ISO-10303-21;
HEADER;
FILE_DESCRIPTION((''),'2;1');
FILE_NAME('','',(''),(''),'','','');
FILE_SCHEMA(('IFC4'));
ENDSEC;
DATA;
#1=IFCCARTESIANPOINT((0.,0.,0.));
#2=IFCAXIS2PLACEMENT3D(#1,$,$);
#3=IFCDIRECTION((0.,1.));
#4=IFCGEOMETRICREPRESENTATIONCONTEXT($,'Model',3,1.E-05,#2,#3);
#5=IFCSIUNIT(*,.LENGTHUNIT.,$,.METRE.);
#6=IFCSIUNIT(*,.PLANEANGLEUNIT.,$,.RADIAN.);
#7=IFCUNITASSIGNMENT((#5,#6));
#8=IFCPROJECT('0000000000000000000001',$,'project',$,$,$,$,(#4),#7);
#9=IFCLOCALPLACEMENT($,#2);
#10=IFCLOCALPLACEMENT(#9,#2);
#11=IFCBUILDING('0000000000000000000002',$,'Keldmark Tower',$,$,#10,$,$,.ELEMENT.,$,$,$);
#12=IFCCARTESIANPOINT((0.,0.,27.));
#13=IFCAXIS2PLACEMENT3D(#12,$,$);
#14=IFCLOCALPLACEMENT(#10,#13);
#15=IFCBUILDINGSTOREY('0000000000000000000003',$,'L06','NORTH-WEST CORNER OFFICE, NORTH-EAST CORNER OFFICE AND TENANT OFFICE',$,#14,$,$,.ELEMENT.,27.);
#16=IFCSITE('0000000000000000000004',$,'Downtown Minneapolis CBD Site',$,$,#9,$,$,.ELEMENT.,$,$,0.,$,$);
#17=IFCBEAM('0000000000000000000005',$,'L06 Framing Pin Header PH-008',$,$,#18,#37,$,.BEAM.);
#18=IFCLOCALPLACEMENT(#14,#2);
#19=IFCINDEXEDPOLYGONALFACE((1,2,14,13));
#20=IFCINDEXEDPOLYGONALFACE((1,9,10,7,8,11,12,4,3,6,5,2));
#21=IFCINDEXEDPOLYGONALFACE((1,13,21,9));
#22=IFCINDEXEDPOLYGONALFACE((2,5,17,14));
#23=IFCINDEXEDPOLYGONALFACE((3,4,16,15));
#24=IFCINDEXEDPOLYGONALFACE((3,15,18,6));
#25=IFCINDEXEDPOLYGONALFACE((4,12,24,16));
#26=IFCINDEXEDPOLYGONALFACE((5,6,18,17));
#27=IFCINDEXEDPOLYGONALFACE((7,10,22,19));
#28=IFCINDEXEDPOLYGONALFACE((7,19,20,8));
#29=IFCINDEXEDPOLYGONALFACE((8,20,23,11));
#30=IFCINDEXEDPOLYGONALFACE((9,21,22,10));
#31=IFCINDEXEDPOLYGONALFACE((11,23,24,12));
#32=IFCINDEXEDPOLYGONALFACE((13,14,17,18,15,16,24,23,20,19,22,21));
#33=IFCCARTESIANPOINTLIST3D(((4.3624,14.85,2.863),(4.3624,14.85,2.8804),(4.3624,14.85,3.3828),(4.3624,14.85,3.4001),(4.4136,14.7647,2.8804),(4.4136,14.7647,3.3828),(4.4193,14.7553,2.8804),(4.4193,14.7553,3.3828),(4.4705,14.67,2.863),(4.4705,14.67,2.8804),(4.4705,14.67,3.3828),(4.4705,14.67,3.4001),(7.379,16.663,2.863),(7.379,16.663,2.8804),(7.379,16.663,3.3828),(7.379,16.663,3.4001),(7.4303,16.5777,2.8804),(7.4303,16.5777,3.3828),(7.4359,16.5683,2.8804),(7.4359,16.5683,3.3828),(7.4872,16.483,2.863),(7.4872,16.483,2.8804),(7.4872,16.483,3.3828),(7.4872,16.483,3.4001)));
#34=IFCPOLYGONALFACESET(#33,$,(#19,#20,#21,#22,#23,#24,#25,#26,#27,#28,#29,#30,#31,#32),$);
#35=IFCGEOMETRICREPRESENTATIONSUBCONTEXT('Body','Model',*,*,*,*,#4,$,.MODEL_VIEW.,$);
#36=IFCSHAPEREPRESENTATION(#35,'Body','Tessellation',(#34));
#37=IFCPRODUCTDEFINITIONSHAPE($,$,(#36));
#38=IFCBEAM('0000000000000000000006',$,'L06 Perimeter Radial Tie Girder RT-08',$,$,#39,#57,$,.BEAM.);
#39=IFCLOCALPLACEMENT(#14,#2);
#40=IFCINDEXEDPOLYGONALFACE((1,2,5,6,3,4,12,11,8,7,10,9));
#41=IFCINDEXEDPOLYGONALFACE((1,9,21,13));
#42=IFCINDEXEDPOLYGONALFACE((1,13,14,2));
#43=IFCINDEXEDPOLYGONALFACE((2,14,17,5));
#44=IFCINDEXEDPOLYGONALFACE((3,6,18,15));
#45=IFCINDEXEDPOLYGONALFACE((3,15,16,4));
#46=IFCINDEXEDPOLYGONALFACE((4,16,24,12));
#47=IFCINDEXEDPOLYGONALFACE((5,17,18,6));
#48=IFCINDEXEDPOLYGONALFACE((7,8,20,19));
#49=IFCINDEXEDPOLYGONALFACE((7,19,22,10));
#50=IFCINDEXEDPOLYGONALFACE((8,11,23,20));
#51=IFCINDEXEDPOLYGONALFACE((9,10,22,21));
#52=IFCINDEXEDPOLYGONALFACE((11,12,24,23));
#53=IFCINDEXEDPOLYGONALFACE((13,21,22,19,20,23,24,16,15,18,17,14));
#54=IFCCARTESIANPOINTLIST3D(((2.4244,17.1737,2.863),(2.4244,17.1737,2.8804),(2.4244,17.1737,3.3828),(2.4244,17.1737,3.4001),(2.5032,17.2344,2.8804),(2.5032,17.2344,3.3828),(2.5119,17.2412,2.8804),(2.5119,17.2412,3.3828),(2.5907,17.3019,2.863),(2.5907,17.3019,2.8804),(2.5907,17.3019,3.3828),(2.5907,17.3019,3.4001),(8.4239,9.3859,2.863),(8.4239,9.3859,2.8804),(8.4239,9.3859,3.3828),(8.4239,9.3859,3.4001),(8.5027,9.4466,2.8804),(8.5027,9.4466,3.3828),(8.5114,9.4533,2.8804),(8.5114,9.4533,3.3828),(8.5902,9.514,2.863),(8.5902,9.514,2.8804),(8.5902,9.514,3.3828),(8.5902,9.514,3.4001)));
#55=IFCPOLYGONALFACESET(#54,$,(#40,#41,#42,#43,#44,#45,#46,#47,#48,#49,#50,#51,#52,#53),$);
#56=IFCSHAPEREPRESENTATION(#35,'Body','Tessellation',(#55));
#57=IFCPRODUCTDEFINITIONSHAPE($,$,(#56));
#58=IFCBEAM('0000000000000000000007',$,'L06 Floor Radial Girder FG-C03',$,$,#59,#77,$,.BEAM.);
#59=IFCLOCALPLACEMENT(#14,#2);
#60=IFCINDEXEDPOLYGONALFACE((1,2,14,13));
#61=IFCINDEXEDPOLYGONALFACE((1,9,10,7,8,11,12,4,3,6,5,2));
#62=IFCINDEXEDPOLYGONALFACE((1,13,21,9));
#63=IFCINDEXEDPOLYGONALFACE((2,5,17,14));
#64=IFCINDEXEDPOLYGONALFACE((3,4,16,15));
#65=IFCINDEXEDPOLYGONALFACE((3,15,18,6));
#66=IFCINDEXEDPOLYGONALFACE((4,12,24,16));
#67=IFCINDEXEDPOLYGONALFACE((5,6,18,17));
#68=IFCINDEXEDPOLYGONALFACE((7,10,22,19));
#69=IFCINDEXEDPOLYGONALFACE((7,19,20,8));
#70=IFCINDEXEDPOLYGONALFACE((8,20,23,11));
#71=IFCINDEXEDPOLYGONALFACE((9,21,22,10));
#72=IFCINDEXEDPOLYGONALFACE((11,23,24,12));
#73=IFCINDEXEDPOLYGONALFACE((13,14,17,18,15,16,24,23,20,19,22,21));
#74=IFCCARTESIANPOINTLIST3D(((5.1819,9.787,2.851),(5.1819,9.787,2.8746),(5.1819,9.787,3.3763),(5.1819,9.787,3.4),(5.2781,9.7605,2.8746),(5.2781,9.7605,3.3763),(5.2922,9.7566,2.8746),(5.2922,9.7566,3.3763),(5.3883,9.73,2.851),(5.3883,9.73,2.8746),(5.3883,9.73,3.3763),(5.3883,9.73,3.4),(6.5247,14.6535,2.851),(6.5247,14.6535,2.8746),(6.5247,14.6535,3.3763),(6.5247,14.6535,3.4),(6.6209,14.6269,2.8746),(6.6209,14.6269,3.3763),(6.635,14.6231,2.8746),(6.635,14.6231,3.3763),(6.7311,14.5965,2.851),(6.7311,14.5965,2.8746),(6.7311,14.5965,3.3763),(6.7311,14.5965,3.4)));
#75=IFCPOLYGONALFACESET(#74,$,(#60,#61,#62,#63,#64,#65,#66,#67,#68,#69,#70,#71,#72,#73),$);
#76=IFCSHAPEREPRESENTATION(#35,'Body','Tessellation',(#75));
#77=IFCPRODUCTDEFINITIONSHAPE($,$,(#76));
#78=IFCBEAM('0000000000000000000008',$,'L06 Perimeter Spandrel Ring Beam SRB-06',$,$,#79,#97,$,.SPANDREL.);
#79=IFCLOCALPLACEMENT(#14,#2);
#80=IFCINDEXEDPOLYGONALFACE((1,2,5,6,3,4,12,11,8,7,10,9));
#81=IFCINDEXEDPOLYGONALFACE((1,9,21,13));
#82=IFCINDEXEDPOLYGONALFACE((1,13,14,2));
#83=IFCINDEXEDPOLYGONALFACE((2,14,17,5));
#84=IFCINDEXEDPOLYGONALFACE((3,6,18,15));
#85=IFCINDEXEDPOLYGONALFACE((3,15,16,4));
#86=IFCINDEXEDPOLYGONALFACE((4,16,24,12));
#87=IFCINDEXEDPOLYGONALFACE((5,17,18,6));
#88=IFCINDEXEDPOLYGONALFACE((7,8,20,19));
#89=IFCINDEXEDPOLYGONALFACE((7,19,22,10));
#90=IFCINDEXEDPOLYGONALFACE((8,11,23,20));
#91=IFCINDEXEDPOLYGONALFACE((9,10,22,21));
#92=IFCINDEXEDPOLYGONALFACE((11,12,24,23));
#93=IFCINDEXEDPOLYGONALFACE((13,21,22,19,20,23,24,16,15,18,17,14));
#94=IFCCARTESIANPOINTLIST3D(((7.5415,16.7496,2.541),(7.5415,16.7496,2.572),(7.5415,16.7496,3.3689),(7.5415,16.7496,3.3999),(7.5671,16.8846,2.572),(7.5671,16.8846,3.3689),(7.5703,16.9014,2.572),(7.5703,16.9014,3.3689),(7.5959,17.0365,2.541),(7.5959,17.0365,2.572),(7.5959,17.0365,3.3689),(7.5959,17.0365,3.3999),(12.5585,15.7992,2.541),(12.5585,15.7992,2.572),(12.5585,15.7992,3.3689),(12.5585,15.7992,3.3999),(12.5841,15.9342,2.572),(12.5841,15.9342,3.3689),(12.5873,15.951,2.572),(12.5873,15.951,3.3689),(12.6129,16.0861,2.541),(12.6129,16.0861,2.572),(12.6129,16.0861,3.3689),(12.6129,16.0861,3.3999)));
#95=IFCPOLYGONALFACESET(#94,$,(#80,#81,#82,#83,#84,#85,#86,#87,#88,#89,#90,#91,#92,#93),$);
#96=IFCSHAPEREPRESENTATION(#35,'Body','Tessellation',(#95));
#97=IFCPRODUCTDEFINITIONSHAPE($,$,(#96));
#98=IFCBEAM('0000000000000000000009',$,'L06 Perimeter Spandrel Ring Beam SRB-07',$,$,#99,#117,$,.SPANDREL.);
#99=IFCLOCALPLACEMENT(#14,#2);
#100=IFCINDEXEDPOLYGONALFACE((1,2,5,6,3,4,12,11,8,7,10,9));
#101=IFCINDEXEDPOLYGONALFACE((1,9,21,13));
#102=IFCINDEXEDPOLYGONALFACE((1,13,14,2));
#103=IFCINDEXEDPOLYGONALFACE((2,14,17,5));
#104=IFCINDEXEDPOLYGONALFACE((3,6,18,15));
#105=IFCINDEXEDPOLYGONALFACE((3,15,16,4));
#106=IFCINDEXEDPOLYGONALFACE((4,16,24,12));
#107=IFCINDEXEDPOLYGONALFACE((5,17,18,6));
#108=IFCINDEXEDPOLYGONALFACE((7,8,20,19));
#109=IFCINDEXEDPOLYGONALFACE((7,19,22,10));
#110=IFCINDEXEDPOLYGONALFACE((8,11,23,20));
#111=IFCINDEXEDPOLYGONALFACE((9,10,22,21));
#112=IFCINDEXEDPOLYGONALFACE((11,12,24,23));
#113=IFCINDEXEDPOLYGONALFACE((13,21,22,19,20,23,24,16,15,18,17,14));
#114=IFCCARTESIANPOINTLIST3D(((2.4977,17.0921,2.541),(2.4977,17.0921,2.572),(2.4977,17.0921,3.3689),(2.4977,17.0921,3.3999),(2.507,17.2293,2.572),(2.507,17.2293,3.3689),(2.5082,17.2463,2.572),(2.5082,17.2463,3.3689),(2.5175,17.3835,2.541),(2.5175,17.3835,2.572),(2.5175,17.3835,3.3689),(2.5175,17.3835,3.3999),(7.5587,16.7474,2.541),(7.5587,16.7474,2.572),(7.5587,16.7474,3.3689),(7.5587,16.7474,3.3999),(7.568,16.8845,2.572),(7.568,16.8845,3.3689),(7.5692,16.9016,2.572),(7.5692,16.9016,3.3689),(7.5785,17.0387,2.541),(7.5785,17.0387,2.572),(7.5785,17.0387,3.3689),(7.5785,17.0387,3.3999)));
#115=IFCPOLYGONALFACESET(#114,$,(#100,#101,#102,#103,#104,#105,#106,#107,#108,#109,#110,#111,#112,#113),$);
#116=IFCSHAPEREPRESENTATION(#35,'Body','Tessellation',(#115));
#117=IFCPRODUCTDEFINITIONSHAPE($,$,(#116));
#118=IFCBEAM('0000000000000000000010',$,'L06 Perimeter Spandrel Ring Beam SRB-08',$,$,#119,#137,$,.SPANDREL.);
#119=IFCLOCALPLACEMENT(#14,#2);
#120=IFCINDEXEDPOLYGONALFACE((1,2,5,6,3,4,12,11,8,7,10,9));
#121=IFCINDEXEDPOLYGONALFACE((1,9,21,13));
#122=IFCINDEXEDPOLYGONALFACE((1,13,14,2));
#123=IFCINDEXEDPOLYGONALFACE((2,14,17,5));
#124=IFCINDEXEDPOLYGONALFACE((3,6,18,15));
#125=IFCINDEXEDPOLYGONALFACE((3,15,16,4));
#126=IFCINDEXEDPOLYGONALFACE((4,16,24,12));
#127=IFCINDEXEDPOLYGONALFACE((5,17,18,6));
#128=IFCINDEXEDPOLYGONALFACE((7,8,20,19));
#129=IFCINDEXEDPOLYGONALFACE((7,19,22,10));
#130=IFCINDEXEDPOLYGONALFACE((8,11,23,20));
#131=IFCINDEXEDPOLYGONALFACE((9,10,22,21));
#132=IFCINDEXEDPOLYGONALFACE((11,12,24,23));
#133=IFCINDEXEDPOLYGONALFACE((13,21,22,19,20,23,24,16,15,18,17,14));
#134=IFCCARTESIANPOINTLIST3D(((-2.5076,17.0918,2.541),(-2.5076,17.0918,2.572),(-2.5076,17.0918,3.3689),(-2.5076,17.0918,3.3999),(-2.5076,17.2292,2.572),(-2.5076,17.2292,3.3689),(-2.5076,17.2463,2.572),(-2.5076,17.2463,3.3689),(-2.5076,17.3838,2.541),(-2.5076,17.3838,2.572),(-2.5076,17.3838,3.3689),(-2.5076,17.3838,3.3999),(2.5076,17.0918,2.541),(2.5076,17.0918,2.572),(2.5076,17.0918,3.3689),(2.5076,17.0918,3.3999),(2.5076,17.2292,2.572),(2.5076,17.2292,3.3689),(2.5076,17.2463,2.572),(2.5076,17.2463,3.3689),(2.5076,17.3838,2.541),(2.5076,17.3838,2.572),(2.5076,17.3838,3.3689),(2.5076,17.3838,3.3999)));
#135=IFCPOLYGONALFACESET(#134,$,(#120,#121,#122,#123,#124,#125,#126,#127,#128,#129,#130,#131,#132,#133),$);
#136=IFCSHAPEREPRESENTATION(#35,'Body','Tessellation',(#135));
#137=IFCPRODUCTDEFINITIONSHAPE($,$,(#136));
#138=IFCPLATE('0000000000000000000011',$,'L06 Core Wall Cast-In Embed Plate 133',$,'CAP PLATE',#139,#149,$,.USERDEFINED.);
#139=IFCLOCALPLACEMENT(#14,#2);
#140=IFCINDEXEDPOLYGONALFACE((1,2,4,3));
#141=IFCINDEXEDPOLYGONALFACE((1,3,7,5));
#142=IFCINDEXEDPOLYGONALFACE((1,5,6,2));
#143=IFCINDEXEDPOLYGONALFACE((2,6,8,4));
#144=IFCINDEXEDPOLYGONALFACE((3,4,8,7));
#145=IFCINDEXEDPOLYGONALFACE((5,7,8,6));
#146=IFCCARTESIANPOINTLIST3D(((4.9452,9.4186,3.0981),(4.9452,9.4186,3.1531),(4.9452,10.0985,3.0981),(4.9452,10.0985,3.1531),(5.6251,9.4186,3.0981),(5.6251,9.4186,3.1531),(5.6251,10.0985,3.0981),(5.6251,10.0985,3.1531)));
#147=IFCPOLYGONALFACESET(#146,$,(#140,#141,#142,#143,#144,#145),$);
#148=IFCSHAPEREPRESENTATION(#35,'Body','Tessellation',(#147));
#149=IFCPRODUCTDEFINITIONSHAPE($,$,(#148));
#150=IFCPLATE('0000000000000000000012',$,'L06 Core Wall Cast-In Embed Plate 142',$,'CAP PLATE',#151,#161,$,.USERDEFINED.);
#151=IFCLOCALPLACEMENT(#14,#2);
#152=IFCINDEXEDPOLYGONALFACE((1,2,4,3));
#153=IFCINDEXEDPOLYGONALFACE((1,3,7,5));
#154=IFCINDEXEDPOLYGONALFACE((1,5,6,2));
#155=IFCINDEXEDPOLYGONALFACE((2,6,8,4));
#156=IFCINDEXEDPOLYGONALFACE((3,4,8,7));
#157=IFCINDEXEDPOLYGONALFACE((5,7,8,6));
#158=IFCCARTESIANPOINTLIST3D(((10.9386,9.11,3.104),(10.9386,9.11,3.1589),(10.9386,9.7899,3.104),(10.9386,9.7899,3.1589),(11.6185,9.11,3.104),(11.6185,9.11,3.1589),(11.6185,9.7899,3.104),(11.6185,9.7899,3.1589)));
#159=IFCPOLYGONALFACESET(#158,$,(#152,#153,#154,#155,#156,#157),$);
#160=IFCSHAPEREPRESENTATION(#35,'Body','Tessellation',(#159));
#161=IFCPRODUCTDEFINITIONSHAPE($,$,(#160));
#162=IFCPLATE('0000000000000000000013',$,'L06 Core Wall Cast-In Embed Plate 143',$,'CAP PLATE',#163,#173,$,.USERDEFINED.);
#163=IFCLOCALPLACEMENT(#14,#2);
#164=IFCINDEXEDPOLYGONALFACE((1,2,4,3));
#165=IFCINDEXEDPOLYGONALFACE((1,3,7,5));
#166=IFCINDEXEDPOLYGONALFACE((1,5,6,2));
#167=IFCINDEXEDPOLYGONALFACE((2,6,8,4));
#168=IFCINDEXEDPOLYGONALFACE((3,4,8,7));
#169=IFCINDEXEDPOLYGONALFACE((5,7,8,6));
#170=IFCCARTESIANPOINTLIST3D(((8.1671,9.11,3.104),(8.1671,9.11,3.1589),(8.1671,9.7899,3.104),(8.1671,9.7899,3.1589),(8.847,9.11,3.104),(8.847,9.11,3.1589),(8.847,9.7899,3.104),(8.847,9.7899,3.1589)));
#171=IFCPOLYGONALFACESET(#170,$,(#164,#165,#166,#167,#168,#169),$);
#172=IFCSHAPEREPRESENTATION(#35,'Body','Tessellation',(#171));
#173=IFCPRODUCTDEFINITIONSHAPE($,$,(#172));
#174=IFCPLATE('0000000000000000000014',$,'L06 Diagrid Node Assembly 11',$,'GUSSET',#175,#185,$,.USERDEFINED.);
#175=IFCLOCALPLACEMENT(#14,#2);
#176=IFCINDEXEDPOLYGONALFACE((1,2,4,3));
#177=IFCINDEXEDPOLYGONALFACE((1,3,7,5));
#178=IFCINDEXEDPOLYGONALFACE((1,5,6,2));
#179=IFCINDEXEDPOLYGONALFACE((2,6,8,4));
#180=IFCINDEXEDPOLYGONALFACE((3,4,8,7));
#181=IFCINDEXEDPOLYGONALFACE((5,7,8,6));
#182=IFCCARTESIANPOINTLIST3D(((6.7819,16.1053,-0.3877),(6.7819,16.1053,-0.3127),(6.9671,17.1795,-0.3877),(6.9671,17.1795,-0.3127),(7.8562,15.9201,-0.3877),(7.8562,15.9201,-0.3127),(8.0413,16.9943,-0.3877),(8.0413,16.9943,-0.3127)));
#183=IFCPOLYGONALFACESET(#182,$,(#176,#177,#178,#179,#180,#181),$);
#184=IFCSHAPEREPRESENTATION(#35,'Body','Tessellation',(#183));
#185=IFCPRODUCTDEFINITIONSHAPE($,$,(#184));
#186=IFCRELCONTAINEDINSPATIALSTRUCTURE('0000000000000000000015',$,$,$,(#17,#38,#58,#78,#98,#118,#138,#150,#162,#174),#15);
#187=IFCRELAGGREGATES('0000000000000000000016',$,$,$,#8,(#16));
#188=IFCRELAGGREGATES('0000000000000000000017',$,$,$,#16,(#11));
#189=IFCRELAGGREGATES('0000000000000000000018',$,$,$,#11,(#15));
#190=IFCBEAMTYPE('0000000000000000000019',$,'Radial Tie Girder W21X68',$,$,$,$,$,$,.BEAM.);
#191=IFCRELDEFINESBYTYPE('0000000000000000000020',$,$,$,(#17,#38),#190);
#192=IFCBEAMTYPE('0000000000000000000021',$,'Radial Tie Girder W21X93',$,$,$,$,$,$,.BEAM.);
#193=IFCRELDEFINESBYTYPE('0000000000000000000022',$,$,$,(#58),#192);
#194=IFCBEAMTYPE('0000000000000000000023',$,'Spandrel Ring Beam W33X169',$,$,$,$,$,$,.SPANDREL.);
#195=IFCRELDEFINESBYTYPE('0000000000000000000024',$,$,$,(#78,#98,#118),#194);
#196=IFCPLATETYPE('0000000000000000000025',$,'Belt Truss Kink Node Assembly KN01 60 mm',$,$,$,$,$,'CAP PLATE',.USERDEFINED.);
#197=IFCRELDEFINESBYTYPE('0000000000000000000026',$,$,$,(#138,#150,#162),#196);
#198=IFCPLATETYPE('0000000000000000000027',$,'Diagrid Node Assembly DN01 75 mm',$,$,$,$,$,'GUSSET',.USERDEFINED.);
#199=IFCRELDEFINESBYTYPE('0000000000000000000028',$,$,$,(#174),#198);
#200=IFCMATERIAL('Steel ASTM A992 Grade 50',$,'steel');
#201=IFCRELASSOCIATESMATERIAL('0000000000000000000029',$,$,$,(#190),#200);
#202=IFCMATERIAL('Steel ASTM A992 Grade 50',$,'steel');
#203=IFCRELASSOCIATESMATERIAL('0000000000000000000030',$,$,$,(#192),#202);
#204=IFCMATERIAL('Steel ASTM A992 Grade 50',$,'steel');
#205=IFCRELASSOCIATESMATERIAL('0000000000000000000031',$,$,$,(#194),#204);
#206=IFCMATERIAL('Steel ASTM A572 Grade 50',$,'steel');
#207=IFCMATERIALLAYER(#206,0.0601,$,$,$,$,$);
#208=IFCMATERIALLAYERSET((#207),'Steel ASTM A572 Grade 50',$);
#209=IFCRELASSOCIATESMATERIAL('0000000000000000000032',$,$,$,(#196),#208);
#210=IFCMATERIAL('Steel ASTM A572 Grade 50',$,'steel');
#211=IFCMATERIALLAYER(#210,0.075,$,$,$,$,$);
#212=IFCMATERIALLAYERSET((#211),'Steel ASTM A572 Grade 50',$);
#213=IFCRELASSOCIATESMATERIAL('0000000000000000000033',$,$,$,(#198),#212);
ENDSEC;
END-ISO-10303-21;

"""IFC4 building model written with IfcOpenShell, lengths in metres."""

from ifc_helpers import new_model, si_unit, direction, frame, origin, origin_2d, place, context, subcontext, project, spatial, rectangle, i_section, extrude, material, layer, layer_set, material_profile, profile_set, type_object, element, save


model = new_model("IFC4")

# Units and contexts
model_context = context("Model", 3, precision=1e-05, world=origin(), true_north=direction((0.0, 1.0)))
body_context = subcontext(model_context, "Body", "Model", "MODEL_VIEW")
ifc_project = project(units=[si_unit("LENGTHUNIT", "METRE"), si_unit("PLANEANGLEUNIT", "RADIAN")], contexts=[model_context])

# Site, building, storey
site_placement = place(None, origin())
site = spatial("IfcSite", under=ifc_project, at=site_placement, Name="Downtown Minneapolis CBD Site", CompositionType="ELEMENT", RefElevation=0.0)
building_placement = place(site_placement, origin())
building = spatial("IfcBuilding", under=site, at=building_placement, Name="Keldmark Tower", CompositionType="ELEMENT")
storey_placement = place(building_placement, frame((0.0, 0.0, 27.0)))
storey = spatial("IfcBuildingStorey", under=building, at=storey_placement, Name="L06", Description="NORTH-WEST CORNER OFFICE, NORTH-EAST CORNER OFFICE AND TENANT OFFICE", CompositionType="ELEMENT", Elevation=27.0)

# Beams
ifc_material_1 = material(Name="Steel ASTM A992 Grade 50", Category="steel")
ifc_material_profile_1 = material_profile(ifc_material_1, i_section(OverallWidth=0.21, OverallDepth=0.5371, WebThickness=0.011, FlangeThickness=0.0173, at=origin_2d()), Name="W21X68")
ifc_profile_set_1 = profile_set([ifc_material_profile_1], Name="Steel ASTM A992 Grade 50")
beam_type_1 = type_object("IfcBeamType", Name="Radial Tie Girder W21X68", PredefinedType="BEAM", material=ifc_profile_set_1)
beam_1_placement = place(storey_placement, frame((7.4331, 16.573, 3.1316), z_axis=(-0.857113, -0.515128, 0.0), x_axis=(0.515128, -0.857113, 0.0)))
element("IfcBeam", 1, at=beam_1_placement, inside=storey, type_object=beam_type_1, Name="L06 Framing Pin Header PH-008", PredefinedType="BEAM", context=body_context, shape_type="SweptSolid", body=[
    extrude(i_section(OverallWidth=0.21, OverallDepth=0.5371, WebThickness=0.011, FlangeThickness=0.0173, at=origin_2d()), origin(), (0.0, 0.0, 1.0), 3.5195),
])
beam_2_placement = place(storey_placement, frame((8.5071, 9.45, 3.1316), z_axis=(-0.610277, 0.792188, 0.0), x_axis=(-0.792188, -0.610277, 0.0)))
element("IfcBeam", 2, at=beam_2_placement, inside=storey, type_object=beam_type_1, Name="L06 Perimeter Radial Tie Girder RT-08", PredefinedType="BEAM", context=body_context, shape_type="SweptSolid", body=[
    extrude(i_section(OverallWidth=0.21, OverallDepth=0.5371, WebThickness=0.011, FlangeThickness=0.0173, at=origin_2d()), origin(), (0.0, 0.0, 1.0), 9.8308),
])
ifc_material_2 = material(Name="Steel ASTM A992 Grade 50", Category="steel")
ifc_material_profile_2 = material_profile(ifc_material_2, i_section(OverallWidth=0.2141, OverallDepth=0.5491, WebThickness=0.0146, FlangeThickness=0.0237, at=origin_2d()), Name="W21X93")
ifc_profile_set_2 = profile_set([ifc_material_profile_2], Name="Steel ASTM A992 Grade 50")
beam_type_2 = type_object("IfcBeamType", Name="Radial Tie Girder W21X93", PredefinedType="BEAM", material=ifc_profile_set_2)
beam_3_placement = place(storey_placement, frame((6.6279, 14.625, 3.1255), z_axis=(-0.265985, -0.963977, 0.0), x_axis=(0.963977, -0.265985, 0.0)))
element("IfcBeam", 3, at=beam_3_placement, inside=storey, type_object=beam_type_2, Name="L06 Floor Radial Girder FG-C03", PredefinedType="BEAM", context=body_context, shape_type="SweptSolid", body=[
    extrude(i_section(OverallWidth=0.2141, OverallDepth=0.5491, WebThickness=0.0146, FlangeThickness=0.0237, at=origin_2d()), origin(), (0.0, 0.0, 1.0), 5.0483),
])
ifc_material_3 = material(Name="Steel ASTM A992 Grade 50", Category="steel")
ifc_material_profile_3 = material_profile(ifc_material_3, i_section(OverallWidth=0.292, OverallDepth=0.8589, WebThickness=0.0171, FlangeThickness=0.031, at=origin_2d()), Name="W33X169")
ifc_profile_set_3 = profile_set([ifc_material_profile_3], Name="Steel ASTM A992 Grade 50")
beam_type_3 = type_object("IfcBeamType", Name="Spandrel Ring Beam W33X169", PredefinedType="SPANDREL", material=ifc_profile_set_3)
beam_4_placement = place(storey_placement, frame((12.5857, 15.9426, 2.9705), z_axis=(-0.982525, 0.18613, 0.0), x_axis=(-0.18613, -0.982525, 0.0)))
element("IfcBeam", 4, at=beam_4_placement, inside=storey, type_object=beam_type_3, Name="L06 Perimeter Spandrel Ring Beam SRB-06", PredefinedType="SPANDREL", context=body_context, shape_type="SweptSolid", body=[
    extrude(i_section(OverallWidth=0.292, OverallDepth=0.8589, WebThickness=0.0171, FlangeThickness=0.031, at=origin_2d()), origin(), (0.0, 0.0, 1.0), 5.1062),
])
beam_5_placement = place(storey_placement, frame((7.5686, 16.8931, 2.9705), z_axis=(-0.997688, 0.067956, 0.0), x_axis=(-0.067956, -0.997688, 0.0)))
element("IfcBeam", 5, at=beam_5_placement, inside=storey, type_object=beam_type_3, Name="L06 Perimeter Spandrel Ring Beam SRB-07", PredefinedType="SPANDREL", context=body_context, shape_type="SweptSolid", body=[
    extrude(i_section(OverallWidth=0.292, OverallDepth=0.8589, WebThickness=0.0171, FlangeThickness=0.031, at=origin_2d()), origin(), (0.0, 0.0, 1.0), 5.0728),
])
beam_6_placement = place(storey_placement, frame((2.5076, 17.2378, 2.9705), z_axis=(-1.0, 0.0, 0.0), x_axis=(0.0, -1.0, 0.0)))
element("IfcBeam", 6, at=beam_6_placement, inside=storey, type_object=beam_type_3, Name="L06 Perimeter Spandrel Ring Beam SRB-08", PredefinedType="SPANDREL", context=body_context, shape_type="SweptSolid", body=[
    extrude(i_section(OverallWidth=0.292, OverallDepth=0.8589, WebThickness=0.0171, FlangeThickness=0.031, at=origin_2d()), origin(), (0.0, 0.0, 1.0), 5.0151),
])

# Plates
ifc_material_4 = material(Name="Steel ASTM A572 Grade 50", Category="steel")
ifc_layer_1 = layer(ifc_material_4, 0.0601)
ifc_layer_set_1 = layer_set([ifc_layer_1], Name="Steel ASTM A572 Grade 50")
plate_type_1 = type_object("IfcPlateType", Name="Belt Truss Kink Node Assembly KN01 60 mm", ElementType="CAP PLATE", PredefinedType="USERDEFINED", material=ifc_layer_set_1)
for number, where, z_axis, x_axis, name in (
    (7, (5.2852, 9.7585, 3.0981), (0.0, 0.0, 1.0), (1.0, 0.0, 0.0), "L06 Core Wall Cast-In Embed Plate 133"),
    (8, (11.2786, 9.45, 3.104), (0.0, 0.0, 1.0), (1.0, 0.0, 0.0), "L06 Core Wall Cast-In Embed Plate 142"),
    (9, (8.5071, 9.45, 3.104), (0.0, 0.0, 1.0), (1.0, 0.0, 0.0), "L06 Core Wall Cast-In Embed Plate 143"),
):
    element("IfcPlate", number, at=place(storey_placement, frame(where, z_axis=z_axis, x_axis=x_axis)), inside=storey, type_object=plate_type_1, Name=name, ObjectType="CAP PLATE", PredefinedType="USERDEFINED", context=body_context, shape_type="SweptSolid", body=[
        extrude(rectangle(XDim=0.6799, YDim=0.6799, at=origin_2d()), origin(), (0.0, 0.0, 1.0), 0.0549),
    ])
ifc_material_5 = material(Name="Steel ASTM A572 Grade 50", Category="steel")
ifc_layer_2 = layer(ifc_material_5, 0.075)
ifc_layer_set_2 = layer_set([ifc_layer_2], Name="Steel ASTM A572 Grade 50")
plate_type_2 = type_object("IfcPlateType", Name="Diagrid Node Assembly DN01 75 mm", ElementType="GUSSET", PredefinedType="USERDEFINED", material=ifc_layer_set_2)
for number, where, z_axis, x_axis, name in (
    (10, (7.4116, 16.5498, -0.3877), (0.0, 0.0, 1.0), (-0.985467, 0.169866, 0.0), "L06 Diagrid Node Assembly 11"),
):
    element("IfcPlate", number, at=place(storey_placement, frame(where, z_axis=z_axis, x_axis=x_axis)), inside=storey, type_object=plate_type_2, Name=name, ObjectType="GUSSET", PredefinedType="USERDEFINED", context=body_context, shape_type="SweptSolid", body=[
        extrude(rectangle(XDim=1.0901, YDim=1.0901, at=origin_2d()), origin(), (0.0, 0.0, 1.0), 0.075),
    ])

save(model, "model.ifc")
